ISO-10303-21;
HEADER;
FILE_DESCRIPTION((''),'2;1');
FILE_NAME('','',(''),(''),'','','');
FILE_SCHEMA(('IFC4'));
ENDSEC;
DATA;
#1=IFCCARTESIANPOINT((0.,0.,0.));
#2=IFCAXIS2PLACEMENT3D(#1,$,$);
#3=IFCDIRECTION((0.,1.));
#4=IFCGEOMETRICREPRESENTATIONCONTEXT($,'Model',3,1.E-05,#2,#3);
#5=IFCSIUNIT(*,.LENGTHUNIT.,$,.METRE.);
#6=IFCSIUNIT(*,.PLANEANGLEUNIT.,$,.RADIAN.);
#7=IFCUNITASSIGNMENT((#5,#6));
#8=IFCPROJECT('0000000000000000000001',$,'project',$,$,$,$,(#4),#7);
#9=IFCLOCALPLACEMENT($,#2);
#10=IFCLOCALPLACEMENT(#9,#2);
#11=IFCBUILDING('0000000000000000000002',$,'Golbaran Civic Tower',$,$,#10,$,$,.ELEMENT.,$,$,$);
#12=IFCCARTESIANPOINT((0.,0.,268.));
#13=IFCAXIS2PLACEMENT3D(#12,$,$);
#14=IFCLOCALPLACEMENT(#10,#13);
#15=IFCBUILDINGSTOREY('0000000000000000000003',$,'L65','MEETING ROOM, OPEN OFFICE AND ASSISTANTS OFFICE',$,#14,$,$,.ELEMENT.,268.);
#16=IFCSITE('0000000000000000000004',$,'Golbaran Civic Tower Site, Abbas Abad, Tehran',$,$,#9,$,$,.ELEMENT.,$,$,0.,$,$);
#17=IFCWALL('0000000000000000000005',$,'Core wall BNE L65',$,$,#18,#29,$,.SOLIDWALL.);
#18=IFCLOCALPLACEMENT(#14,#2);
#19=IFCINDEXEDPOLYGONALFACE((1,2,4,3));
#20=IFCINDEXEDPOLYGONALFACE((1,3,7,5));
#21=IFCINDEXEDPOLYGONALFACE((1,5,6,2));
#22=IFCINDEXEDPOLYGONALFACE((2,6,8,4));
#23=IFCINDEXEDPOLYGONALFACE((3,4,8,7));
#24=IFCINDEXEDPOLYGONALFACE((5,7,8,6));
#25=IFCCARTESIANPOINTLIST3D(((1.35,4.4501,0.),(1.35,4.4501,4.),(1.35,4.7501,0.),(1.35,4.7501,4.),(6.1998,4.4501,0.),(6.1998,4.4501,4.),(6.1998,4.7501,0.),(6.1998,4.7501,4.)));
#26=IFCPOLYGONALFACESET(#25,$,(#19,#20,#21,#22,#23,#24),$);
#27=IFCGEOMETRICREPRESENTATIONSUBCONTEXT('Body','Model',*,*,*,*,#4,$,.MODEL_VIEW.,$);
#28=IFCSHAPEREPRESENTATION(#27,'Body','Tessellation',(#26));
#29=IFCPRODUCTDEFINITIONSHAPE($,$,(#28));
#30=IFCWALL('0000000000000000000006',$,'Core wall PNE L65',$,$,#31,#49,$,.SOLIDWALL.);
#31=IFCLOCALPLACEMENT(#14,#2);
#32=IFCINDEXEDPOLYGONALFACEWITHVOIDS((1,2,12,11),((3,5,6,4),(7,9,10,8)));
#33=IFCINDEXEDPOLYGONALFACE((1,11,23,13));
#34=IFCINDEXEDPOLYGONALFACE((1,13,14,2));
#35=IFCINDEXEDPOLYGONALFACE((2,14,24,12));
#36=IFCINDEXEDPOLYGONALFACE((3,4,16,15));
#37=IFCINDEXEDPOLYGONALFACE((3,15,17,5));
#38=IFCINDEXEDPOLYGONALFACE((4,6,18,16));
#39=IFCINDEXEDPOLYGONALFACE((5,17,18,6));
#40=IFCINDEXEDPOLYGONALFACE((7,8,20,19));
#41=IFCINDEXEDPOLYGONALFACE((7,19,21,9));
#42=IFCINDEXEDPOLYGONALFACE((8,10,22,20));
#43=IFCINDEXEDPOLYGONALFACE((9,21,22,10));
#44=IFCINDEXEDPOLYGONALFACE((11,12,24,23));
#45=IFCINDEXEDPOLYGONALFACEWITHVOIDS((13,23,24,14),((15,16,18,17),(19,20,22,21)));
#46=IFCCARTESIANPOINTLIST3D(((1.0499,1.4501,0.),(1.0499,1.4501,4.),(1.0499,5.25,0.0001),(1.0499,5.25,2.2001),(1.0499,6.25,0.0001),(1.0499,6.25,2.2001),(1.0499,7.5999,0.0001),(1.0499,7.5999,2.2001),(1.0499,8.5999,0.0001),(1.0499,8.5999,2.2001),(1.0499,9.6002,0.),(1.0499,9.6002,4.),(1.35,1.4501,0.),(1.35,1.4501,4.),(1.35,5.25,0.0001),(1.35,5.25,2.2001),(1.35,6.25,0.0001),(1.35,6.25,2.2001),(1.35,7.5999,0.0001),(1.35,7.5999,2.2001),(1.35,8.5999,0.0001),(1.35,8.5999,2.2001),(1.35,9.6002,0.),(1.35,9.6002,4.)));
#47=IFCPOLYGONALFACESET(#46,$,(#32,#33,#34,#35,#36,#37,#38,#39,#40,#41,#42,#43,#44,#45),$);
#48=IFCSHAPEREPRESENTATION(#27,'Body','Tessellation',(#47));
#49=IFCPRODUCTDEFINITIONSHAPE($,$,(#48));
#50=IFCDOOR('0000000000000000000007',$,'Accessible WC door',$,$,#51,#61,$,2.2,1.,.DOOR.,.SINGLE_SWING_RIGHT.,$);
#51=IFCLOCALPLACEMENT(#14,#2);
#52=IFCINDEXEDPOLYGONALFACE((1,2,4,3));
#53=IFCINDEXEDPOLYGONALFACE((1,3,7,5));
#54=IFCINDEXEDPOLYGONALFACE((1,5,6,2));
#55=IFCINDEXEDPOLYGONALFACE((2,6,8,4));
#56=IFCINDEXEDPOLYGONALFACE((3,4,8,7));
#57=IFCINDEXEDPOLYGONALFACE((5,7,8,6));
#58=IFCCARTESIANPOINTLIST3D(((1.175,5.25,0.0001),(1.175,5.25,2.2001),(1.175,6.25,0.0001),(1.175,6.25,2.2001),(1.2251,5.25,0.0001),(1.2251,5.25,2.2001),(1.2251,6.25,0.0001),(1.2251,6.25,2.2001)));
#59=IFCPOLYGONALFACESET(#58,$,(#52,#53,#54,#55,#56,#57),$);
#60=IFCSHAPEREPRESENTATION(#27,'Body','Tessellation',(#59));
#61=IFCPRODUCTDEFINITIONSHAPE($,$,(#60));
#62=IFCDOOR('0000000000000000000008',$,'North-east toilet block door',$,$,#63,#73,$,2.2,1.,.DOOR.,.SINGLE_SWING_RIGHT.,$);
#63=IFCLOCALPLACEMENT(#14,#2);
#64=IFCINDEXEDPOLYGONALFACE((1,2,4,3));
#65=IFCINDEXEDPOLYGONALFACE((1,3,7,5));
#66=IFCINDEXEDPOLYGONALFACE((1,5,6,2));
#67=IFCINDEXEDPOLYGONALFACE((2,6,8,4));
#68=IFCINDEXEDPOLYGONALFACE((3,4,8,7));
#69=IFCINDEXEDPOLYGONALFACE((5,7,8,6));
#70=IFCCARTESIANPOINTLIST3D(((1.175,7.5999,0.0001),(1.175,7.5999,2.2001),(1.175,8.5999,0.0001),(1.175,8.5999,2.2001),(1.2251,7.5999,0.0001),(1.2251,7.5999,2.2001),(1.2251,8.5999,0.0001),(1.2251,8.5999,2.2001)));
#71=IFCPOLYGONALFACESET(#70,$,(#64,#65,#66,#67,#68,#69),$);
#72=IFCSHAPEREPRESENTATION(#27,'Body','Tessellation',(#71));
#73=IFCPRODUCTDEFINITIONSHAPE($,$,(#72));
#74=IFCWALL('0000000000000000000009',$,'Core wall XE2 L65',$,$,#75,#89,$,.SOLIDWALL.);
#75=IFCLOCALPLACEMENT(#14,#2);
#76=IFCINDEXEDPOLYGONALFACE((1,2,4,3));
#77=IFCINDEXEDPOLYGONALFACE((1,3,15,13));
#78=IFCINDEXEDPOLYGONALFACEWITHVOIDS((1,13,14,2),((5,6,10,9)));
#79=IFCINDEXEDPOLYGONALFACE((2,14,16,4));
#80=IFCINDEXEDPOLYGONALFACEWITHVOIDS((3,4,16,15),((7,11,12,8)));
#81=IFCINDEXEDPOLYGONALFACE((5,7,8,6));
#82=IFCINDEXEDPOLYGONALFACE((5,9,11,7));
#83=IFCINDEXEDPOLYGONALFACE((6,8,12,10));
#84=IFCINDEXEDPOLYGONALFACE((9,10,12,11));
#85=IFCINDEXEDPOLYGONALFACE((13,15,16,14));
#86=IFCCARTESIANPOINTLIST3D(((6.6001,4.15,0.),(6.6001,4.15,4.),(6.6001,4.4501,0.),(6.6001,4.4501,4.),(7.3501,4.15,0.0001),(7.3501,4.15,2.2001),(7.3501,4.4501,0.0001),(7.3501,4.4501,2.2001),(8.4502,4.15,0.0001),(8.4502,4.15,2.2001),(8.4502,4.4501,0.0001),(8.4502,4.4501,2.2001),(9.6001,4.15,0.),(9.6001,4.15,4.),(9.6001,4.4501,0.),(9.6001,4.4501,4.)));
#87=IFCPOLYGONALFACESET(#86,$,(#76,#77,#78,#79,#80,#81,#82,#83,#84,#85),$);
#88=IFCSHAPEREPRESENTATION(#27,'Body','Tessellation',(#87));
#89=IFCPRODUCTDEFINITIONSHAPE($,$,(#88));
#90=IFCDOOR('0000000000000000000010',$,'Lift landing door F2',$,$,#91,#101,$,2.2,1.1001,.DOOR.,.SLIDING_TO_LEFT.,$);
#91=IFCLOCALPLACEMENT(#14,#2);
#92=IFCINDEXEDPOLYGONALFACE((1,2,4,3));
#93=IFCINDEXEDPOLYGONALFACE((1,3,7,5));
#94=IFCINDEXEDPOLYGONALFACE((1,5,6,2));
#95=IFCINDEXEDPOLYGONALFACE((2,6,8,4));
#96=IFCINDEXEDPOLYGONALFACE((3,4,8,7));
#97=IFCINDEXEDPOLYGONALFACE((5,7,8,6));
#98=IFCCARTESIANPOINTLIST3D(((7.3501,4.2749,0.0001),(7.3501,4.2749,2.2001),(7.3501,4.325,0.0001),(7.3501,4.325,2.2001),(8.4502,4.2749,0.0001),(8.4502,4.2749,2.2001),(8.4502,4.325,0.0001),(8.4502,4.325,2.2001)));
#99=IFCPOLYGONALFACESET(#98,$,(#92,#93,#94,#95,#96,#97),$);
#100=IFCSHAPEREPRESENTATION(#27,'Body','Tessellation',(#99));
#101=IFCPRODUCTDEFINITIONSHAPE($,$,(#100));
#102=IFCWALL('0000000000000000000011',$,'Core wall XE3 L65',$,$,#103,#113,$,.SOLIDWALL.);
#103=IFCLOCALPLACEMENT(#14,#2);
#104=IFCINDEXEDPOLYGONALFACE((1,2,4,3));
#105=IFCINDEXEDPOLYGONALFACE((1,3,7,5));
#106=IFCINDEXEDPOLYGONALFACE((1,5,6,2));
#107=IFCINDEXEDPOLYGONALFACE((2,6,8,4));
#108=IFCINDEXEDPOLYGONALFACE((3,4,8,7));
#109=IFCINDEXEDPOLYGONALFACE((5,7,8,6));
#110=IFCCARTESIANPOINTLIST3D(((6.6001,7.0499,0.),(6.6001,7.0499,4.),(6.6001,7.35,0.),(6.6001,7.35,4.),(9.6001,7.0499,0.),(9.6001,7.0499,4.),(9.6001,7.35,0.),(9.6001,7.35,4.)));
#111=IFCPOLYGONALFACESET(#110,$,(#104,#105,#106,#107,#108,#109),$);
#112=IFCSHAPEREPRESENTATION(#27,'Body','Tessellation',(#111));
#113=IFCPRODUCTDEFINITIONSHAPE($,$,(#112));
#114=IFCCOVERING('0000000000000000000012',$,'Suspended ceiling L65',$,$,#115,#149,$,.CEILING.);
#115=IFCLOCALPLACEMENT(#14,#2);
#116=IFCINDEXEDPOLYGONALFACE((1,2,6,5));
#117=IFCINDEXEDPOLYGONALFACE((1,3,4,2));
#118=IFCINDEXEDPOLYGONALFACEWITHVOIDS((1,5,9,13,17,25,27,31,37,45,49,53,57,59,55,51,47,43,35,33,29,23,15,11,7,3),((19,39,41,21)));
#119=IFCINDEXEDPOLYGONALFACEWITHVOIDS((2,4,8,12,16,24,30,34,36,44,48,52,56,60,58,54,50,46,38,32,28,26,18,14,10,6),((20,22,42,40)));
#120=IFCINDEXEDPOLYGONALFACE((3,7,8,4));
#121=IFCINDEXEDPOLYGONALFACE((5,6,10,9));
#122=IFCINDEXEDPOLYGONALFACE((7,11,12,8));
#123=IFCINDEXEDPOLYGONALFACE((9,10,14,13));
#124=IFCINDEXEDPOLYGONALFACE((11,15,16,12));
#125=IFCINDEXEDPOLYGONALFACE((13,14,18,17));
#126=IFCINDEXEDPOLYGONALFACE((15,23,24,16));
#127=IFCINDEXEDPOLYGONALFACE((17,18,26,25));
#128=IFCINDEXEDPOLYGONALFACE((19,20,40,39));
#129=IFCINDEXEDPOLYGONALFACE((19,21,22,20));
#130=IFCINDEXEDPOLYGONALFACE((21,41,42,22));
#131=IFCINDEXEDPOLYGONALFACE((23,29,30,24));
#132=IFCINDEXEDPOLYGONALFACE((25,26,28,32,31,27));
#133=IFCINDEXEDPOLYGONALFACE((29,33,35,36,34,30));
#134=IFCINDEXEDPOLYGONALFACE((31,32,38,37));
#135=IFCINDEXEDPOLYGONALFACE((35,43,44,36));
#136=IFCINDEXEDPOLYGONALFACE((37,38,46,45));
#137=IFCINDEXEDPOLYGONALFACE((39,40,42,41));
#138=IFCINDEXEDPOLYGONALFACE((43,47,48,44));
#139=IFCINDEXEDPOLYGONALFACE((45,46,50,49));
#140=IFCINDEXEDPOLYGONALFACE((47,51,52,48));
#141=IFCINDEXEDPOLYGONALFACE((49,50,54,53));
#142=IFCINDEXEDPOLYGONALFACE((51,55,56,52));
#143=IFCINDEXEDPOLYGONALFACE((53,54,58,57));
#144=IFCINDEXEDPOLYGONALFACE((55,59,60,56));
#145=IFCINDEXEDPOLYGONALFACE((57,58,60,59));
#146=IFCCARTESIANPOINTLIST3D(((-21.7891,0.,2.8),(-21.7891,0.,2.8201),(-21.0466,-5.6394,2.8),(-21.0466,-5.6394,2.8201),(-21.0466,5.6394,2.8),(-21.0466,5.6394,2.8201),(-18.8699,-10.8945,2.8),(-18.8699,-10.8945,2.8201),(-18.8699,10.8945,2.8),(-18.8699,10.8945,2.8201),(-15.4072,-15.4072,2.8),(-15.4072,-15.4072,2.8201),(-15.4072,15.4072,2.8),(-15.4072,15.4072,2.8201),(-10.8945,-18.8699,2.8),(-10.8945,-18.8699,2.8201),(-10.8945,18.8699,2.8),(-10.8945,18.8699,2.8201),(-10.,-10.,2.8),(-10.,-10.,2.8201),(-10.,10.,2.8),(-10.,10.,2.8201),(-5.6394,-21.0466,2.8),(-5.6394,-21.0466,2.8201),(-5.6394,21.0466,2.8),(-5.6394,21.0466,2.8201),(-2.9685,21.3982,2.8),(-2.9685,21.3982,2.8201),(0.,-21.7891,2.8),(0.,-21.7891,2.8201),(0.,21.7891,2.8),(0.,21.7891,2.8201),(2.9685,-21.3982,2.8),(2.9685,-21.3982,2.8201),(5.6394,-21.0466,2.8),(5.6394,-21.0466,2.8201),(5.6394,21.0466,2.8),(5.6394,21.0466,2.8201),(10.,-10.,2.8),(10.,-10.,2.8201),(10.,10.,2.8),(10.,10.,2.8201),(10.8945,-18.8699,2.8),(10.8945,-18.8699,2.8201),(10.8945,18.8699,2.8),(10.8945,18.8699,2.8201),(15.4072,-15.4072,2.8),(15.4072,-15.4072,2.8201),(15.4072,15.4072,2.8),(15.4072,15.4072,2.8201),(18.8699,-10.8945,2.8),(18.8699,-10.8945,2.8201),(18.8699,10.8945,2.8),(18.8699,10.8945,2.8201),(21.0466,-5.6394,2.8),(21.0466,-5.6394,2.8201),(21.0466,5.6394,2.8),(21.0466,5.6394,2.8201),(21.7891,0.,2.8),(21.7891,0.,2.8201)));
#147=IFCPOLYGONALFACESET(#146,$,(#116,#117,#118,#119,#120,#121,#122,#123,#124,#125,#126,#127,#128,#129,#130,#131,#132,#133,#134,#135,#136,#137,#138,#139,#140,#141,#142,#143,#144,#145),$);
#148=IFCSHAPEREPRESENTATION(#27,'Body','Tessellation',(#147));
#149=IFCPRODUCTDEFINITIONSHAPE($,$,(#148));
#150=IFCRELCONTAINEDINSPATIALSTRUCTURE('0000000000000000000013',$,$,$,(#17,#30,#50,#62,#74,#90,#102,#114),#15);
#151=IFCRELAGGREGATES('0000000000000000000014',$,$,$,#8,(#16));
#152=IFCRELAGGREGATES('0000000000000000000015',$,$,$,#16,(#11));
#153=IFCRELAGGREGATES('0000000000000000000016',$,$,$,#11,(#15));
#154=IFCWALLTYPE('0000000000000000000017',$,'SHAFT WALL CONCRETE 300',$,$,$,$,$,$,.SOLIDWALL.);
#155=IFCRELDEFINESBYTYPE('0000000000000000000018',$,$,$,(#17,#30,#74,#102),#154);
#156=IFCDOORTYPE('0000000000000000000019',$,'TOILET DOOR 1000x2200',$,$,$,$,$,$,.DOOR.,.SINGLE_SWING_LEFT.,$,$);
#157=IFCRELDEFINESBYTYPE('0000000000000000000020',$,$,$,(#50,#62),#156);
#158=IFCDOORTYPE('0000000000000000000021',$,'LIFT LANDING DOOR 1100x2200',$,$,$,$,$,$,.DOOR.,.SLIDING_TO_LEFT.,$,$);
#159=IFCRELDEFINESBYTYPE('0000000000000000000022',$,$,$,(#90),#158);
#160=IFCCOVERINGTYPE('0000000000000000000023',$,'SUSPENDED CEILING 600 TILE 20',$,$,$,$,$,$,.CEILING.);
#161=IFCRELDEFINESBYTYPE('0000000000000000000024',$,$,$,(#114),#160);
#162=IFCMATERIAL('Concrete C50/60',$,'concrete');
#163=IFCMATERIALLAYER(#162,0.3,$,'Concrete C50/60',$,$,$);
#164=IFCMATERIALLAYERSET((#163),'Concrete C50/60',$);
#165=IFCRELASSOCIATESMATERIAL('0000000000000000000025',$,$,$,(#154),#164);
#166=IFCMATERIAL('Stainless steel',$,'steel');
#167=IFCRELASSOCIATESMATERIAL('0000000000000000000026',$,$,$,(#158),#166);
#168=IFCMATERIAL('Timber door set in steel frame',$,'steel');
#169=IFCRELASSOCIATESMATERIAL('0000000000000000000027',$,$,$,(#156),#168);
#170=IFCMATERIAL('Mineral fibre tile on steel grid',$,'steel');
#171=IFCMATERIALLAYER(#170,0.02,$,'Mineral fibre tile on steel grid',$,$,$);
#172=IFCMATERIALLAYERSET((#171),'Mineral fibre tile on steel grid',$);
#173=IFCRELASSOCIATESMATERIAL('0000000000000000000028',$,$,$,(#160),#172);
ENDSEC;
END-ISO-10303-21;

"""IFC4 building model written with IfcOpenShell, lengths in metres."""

from ifc_helpers import new_model, si_unit, direction, frame, frame_2d, origin, place, context, subcontext, project, spatial, polyline, rectangle, outline, extrude, material, layer, layer_set, type_object, element, fill, save


model = new_model("IFC4")

# Units and contexts
model_context = context("Model", 3, precision=1e-05, world=origin(), true_north=direction((0.0, 1.0)))
body_context = subcontext(model_context, "Body", "Model", "MODEL_VIEW")
ifc_project = project(units=[si_unit("LENGTHUNIT", "METRE"), si_unit("PLANEANGLEUNIT", "RADIAN")], contexts=[model_context])

# Site, building, storey
site_placement = place(None, origin())
site = spatial("IfcSite", under=ifc_project, at=site_placement, Name="Golbaran Civic Tower Site, Abbas Abad, Tehran", CompositionType="ELEMENT", RefElevation=0.0)
building_placement = place(site_placement, origin())
building = spatial("IfcBuilding", under=site, at=building_placement, Name="Golbaran Civic Tower", CompositionType="ELEMENT")
storey_placement = place(building_placement, frame((0.0, 0.0, 268.0)))
storey = spatial("IfcBuildingStorey", under=building, at=storey_placement, Name="L65", Description="MEETING ROOM, OPEN OFFICE AND ASSISTANTS OFFICE", CompositionType="ELEMENT", Elevation=268.0)

# Shared definitions
ifc_material_1 = material(Name="Timber door set in steel frame", Category="steel")

# Shared definitions
ifc_material_2 = material(Name="Concrete C50/60", Category="concrete")

# Shared definitions
ifc_layer_1 = layer(ifc_material_2, 0.3, Name="Concrete C50/60")
ifc_layer_set_1 = layer_set([ifc_layer_1], Name="Concrete C50/60")
wall_type_1 = type_object("IfcWallType", Name="SHAFT WALL CONCRETE 300", PredefinedType="SOLIDWALL", material=ifc_layer_set_1)
ifc_material_3 = material(Name="Stainless steel", Category="steel")
door_type_1 = type_object("IfcDoorType", Name="LIFT LANDING DOOR 1100x2200", OperationType="SLIDING_TO_LEFT", PredefinedType="DOOR", material=ifc_material_3)

# Wall
wall_1_placement = place(storey_placement, frame((1.3501, 4.6001, 0.0), z_axis=(0.0, 0.0, 1.0), x_axis=(1.0, 0.0, 0.0)))
element("IfcWall", 1, at=wall_1_placement, inside=storey, type_object=wall_type_1, Name="Core wall BNE L65", PredefinedType="SOLIDWALL", context=body_context, shape_type="SweptSolid", body=[
    extrude(rectangle(XDim=4.8499, YDim=0.3, at=frame_2d((2.4248, 0.0))), origin(), (0.0, 0.0, 1.0), 4.0),
])

# Wall, openings, doors
wall_2_placement = place(storey_placement, frame((1.2, 1.45, 0.0), z_axis=(0.0, 0.0, 1.0), x_axis=(0.0, 1.0, 0.0)))
wall_2 = element("IfcWall", 2, at=wall_2_placement, inside=storey, type_object=wall_type_1, Name="Core wall PNE L65", PredefinedType="SOLIDWALL", context=body_context, shape_type="SweptSolid", body=[
    extrude(rectangle(XDim=8.1501, YDim=0.3, at=frame_2d((4.0752, 0.0))), origin(), (0.0, 0.0, 1.0), 4.0),
])
opening_1_placement = place(wall_2_placement, frame((3.8, 0.0, 0.0)))
opening_1 = element("IfcOpeningElement", 3, at=opening_1_placement, cuts=wall_2, PredefinedType="OPENING", context=body_context, shape_type="SweptSolid", body=[
    extrude(rectangle(XDim=1.0, YDim=2.2, at=frame_2d((0.5, 1.1001))), frame((0.0, 0.1599, 0.0), z_axis=(0.0, -1.0, 0.0), x_axis=(1.0, 0.0, 0.0)), (0.0, 0.0, 1.0), 0.3201),
])
opening_2_placement = place(wall_2_placement, frame((6.1499, 0.0, 0.0)))
opening_2 = element("IfcOpeningElement", 4, at=opening_2_placement, cuts=wall_2, PredefinedType="OPENING", context=body_context, shape_type="SweptSolid", body=[
    extrude(rectangle(XDim=1.0, YDim=2.2, at=frame_2d((0.5, 1.1001))), frame((0.0, 0.1599, 0.0), z_axis=(0.0, -1.0, 0.0), x_axis=(1.0, 0.0, 0.0)), (0.0, 0.0, 1.0), 0.3201),
])
door_type_2 = type_object("IfcDoorType", Name="TOILET DOOR 1000x2200", OperationType="SINGLE_SWING_LEFT", PredefinedType="DOOR", material=ifc_material_1)
door_1_placement = place(opening_1_placement, origin())
door_1 = element("IfcDoor", 5, at=door_1_placement, inside=storey, type_object=door_type_2, Name="Accessible WC door", OperationType="SINGLE_SWING_RIGHT", OverallHeight=2.2, OverallWidth=1.0, PredefinedType="DOOR", context=body_context, shape_type="SweptSolid", body=[
    extrude(rectangle(XDim=1.0, YDim=2.2, at=frame_2d((0.5, 1.1001))), frame((0.0, 0.0249, 0.0), z_axis=(0.0, -1.0, 0.0), x_axis=(1.0, 0.0, 0.0)), (0.0, 0.0, 1.0), 0.05),
])
fill(opening_1, door_1)
door_2_placement = place(opening_2_placement, origin())
door_2 = element("IfcDoor", 6, at=door_2_placement, inside=storey, type_object=door_type_2, Name="North-east toilet block door", OperationType="SINGLE_SWING_RIGHT", OverallHeight=2.2, OverallWidth=1.0, PredefinedType="DOOR", context=body_context, shape_type="SweptSolid", body=[
    extrude(rectangle(XDim=1.0, YDim=2.2, at=frame_2d((0.5, 1.1001))), frame((0.0, 0.0249, 0.0), z_axis=(0.0, -1.0, 0.0), x_axis=(1.0, 0.0, 0.0)), (0.0, 0.0, 1.0), 0.05),
])
fill(opening_2, door_2)

# Wall, opening, door
wall_3_placement = place(storey_placement, frame((6.6001, 4.3, 0.0), z_axis=(0.0, 0.0, 1.0), x_axis=(1.0, 0.0, 0.0)))
wall_3 = element("IfcWall", 7, at=wall_3_placement, inside=storey, type_object=wall_type_1, Name="Core wall XE2 L65", PredefinedType="SOLIDWALL", context=body_context, shape_type="SweptSolid", body=[
    extrude(rectangle(XDim=3.0, YDim=0.3, at=frame_2d((1.5, 0.0))), origin(), (0.0, 0.0, 1.0), 4.0),
])
opening_3_placement = place(wall_3_placement, frame((0.75, 0.0, 0.0)))
opening_3 = element("IfcOpeningElement", 8, at=opening_3_placement, cuts=wall_3, PredefinedType="OPENING", context=body_context, shape_type="SweptSolid", body=[
    extrude(rectangle(XDim=1.1001, YDim=2.2, at=frame_2d((0.55, 1.1001))), frame((0.0, 0.1599, 0.0), z_axis=(0.0, -1.0, 0.0), x_axis=(1.0, 0.0, 0.0)), (0.0, 0.0, 1.0), 0.3201),
])
door_3_placement = place(opening_3_placement, origin())
door_3 = element("IfcDoor", 9, at=door_3_placement, inside=storey, type_object=door_type_1, Name="Lift landing door F2", OperationType="SLIDING_TO_LEFT", OverallHeight=2.2, OverallWidth=1.1001, PredefinedType="DOOR", context=body_context, shape_type="SweptSolid", body=[
    extrude(rectangle(XDim=1.1001, YDim=2.2, at=frame_2d((0.55, 1.1001))), frame((0.0, 0.0249, 0.0), z_axis=(0.0, -1.0, 0.0), x_axis=(1.0, 0.0, 0.0)), (0.0, 0.0, 1.0), 0.05),
])
fill(opening_3, door_3)

# Wall
wall_4_placement = place(storey_placement, frame((6.6001, 7.2, 0.0), z_axis=(0.0, 0.0, 1.0), x_axis=(1.0, 0.0, 0.0)))
element("IfcWall", 10, at=wall_4_placement, inside=storey, type_object=wall_type_1, Name="Core wall XE3 L65", PredefinedType="SOLIDWALL", context=body_context, shape_type="SweptSolid", body=[
    extrude(rectangle(XDim=3.0, YDim=0.3, at=frame_2d((1.5, 0.0))), origin(), (0.0, 0.0, 1.0), 4.0),
])

# Covering
ifc_material_4 = material(Name="Mineral fibre tile on steel grid", Category="steel")
ifc_layer_2 = layer(ifc_material_4, 0.02, Name="Mineral fibre tile on steel grid")
ifc_layer_set_2 = layer_set([ifc_layer_2], Name="Mineral fibre tile on steel grid")
covering_type = type_object("IfcCoveringType", Name="SUSPENDED CEILING 600 TILE 20", PredefinedType="CEILING", material=ifc_layer_set_2)
covering_placement = place(storey_placement, frame((0.0, 0.0, 2.8)))
element("IfcCovering", 11, at=covering_placement, inside=storey, type_object=covering_type, Name="Suspended ceiling L65", PredefinedType="CEILING", context=body_context, shape_type="SweptSolid", body=[
    extrude(outline(polyline([(-18.8699, 10.8945), (-15.4072, 15.4072), (-10.8945, 18.8699), (-5.6394, 21.0466), (-2.9685, 21.3982), (0.0, 21.7891), (5.6394, 21.0466), (10.8945, 18.8699), (15.4072, 15.4072), (18.8699, 10.8945), (21.0466, 5.6394), (21.7891, 0.0), (21.0466, -5.6394), (18.8699, -10.8945), (15.4072, -15.4072), (10.8945, -18.8699), (5.6394, -21.0466), (2.9685, -21.3982), (0.0, -21.7891), (-5.6394, -21.0466), (-10.8945, -18.8699), (-15.4072, -15.4072), (-18.8699, -10.8945), (-21.0466, -5.6394), (-21.7891, 0.0), (-21.0466, 5.6394), (-18.8699, 10.8945)]), holes=[polyline([(-10.0, 10.0), (-10.0, -10.0), (10.0, -10.0), (10.0, 10.0), (-10.0, 10.0)])]), origin(), (0.0, 0.0, 1.0), 0.02),
])

save(model, "model.ifc")
